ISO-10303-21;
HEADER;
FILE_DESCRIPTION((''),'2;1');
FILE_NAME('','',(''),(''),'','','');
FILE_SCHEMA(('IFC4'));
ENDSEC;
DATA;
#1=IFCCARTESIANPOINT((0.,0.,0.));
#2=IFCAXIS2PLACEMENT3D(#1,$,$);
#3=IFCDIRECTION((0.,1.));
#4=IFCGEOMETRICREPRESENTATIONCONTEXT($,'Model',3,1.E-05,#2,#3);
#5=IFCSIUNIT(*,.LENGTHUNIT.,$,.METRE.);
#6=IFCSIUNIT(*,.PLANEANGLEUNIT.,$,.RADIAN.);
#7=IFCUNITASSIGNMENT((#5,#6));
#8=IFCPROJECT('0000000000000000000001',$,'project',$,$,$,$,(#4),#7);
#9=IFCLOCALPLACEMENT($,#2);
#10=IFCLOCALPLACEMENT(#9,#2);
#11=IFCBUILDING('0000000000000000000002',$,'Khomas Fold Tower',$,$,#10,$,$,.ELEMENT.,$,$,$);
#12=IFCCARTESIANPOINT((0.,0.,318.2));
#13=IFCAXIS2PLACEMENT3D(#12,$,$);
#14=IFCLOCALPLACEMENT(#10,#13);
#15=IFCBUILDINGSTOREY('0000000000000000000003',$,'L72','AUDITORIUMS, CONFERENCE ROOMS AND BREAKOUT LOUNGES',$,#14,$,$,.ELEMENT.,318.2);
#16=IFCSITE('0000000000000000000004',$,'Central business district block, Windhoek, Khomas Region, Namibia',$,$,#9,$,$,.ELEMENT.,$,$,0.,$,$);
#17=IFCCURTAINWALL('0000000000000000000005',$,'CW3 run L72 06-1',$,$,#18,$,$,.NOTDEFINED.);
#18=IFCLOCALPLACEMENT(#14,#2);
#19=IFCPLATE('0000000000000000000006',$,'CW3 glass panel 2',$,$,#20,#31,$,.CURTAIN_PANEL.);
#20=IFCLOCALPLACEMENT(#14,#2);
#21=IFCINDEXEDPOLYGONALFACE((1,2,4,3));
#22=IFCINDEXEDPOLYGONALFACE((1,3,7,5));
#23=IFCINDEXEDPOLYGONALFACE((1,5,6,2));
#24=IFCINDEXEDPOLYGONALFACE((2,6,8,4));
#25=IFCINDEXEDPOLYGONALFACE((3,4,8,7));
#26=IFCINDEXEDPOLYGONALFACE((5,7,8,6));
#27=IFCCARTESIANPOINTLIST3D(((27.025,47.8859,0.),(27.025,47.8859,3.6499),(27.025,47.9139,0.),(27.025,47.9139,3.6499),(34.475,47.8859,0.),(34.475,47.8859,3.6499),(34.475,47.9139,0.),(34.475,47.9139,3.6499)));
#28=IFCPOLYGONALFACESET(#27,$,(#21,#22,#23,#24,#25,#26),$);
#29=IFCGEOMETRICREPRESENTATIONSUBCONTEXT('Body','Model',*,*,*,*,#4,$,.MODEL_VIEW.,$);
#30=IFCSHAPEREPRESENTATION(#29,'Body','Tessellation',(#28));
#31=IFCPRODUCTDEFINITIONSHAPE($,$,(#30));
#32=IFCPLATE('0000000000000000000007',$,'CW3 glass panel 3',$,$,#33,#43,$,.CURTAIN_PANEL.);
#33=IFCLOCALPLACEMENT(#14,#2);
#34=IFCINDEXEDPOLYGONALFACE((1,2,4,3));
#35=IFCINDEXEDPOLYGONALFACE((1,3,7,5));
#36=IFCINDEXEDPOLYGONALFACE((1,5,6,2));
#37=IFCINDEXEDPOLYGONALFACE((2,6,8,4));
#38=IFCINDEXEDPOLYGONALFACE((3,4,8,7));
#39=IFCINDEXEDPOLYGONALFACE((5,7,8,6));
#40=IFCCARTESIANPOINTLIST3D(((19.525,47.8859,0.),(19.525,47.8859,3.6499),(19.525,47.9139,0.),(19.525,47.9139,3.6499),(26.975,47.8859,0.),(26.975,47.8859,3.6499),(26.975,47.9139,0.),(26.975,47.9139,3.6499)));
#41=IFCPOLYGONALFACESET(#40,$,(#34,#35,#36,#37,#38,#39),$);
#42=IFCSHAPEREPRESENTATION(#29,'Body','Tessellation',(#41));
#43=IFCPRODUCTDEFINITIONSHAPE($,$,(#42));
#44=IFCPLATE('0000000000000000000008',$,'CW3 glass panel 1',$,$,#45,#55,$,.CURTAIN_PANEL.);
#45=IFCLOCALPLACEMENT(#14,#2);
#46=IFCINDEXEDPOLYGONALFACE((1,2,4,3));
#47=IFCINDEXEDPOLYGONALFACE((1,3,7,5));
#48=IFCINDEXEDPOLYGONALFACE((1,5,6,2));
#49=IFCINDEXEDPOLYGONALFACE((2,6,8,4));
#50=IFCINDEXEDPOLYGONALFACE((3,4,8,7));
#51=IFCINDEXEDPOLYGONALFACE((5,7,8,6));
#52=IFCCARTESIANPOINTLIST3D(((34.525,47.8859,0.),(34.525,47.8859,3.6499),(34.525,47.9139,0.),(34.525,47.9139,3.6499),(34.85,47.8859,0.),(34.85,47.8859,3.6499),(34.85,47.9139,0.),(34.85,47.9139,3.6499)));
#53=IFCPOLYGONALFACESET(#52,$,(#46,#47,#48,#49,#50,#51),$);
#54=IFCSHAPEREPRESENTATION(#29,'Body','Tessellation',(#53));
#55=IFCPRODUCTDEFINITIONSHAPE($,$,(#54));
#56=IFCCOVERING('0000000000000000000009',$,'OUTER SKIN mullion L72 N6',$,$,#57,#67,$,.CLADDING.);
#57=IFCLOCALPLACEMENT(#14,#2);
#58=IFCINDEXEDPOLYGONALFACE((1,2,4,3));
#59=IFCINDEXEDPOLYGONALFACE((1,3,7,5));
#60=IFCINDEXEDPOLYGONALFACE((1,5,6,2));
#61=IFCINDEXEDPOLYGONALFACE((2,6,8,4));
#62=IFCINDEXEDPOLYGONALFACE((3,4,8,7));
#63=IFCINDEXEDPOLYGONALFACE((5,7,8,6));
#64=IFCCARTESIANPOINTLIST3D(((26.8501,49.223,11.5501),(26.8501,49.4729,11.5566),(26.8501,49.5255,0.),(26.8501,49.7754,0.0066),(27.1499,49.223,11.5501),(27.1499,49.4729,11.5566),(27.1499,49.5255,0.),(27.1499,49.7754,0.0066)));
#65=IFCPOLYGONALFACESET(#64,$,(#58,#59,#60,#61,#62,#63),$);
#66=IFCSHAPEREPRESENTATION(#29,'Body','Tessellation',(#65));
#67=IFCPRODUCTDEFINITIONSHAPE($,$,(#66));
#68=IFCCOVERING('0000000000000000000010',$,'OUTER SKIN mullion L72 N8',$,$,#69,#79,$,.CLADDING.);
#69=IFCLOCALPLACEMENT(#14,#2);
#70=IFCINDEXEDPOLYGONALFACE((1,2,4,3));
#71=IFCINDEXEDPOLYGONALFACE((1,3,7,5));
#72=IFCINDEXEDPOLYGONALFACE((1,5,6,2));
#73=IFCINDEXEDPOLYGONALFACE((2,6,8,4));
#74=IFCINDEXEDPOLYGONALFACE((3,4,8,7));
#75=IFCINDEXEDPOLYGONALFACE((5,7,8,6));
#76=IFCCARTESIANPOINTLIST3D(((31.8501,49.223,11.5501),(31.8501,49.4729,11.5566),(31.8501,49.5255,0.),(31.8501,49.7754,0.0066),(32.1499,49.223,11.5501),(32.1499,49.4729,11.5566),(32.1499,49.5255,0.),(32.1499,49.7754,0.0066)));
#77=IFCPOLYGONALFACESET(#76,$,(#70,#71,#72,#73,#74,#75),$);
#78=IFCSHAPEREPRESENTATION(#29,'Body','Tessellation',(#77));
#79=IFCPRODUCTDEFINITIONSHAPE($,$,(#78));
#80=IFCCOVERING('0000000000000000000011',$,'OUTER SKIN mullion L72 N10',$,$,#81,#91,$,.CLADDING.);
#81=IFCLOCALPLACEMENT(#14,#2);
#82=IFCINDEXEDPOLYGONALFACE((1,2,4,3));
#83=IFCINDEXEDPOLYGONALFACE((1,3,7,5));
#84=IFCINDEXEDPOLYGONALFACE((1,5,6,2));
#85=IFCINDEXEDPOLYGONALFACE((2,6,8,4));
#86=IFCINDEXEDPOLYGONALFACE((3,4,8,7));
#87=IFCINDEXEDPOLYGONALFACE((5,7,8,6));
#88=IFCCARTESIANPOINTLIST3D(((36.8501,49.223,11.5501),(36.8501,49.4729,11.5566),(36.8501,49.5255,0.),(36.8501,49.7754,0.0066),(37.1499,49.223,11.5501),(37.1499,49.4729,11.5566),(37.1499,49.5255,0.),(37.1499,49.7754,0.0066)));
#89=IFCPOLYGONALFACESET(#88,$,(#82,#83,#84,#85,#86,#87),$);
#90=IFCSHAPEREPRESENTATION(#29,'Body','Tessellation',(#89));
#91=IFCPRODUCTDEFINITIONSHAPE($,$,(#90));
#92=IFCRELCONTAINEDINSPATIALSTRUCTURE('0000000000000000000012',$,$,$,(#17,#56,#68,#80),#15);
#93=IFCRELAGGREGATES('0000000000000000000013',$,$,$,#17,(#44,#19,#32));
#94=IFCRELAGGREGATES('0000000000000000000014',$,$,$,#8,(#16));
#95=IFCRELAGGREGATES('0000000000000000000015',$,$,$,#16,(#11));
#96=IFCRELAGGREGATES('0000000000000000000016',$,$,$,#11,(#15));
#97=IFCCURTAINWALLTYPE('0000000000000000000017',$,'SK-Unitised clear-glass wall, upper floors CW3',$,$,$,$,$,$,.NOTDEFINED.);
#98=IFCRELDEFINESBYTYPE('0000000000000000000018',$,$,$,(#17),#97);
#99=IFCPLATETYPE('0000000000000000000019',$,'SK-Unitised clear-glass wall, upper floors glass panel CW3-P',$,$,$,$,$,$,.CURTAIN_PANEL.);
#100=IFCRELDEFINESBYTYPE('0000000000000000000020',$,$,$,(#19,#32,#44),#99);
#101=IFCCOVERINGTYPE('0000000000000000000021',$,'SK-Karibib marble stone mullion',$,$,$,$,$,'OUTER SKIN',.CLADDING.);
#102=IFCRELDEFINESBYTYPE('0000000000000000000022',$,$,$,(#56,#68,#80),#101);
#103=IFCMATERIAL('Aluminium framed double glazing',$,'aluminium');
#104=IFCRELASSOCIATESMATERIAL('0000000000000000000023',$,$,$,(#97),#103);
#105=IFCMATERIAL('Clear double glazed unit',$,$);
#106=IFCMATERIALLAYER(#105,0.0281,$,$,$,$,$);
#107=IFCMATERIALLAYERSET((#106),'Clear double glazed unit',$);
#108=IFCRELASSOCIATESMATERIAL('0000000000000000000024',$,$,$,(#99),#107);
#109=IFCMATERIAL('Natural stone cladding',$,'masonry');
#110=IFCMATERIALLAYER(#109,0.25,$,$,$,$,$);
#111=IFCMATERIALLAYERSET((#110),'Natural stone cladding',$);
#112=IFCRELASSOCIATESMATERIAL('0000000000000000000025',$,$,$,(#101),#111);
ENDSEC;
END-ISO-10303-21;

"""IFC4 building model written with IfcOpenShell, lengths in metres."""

from ifc_helpers import new_model, si_unit, direction, frame, origin, origin_2d, place, context, subcontext, project, spatial, polyline, rectangle, outline, extrude, source, transform, mapped, material, layer, layer_set, type_object, element, aggregate, save


model = new_model("IFC4")

# Units and contexts
model_context = context("Model", 3, precision=1e-05, world=origin(), true_north=direction((0.0, 1.0)))
body_context = subcontext(model_context, "Body", "Model", "MODEL_VIEW")
ifc_project = project(units=[si_unit("LENGTHUNIT", "METRE"), si_unit("PLANEANGLEUNIT", "RADIAN")], contexts=[model_context])

# Site, building, storey
site_placement = place(None, origin())
site = spatial("IfcSite", under=ifc_project, at=site_placement, Name="Central business district block, Windhoek, Khomas Region, Namibia", CompositionType="ELEMENT", RefElevation=0.0)
building_placement = place(site_placement, origin())
building = spatial("IfcBuilding", under=site, at=building_placement, Name="Khomas Fold Tower", CompositionType="ELEMENT")
storey_placement = place(building_placement, frame((0.0, 0.0, 318.2)))
storey = spatial("IfcBuildingStorey", under=building, at=storey_placement, Name="L72", Description="AUDITORIUMS, CONFERENCE ROOMS AND BREAKOUT LOUNGES", CompositionType="ELEMENT", Elevation=318.2)

# Curtain wall
ifc_material_1 = material(Name="Aluminium framed double glazing", Category="aluminium")
curtain_wall_type = type_object("IfcCurtainWallType", Name="SK-Unitised clear-glass wall, upper floors CW3", PredefinedType="NOTDEFINED", material=ifc_material_1)
curtain_wall_placement = place(storey_placement, origin())
curtain_wall = element("IfcCurtainWall", 1, at=curtain_wall_placement, inside=storey, type_object=curtain_wall_type, Name="CW3 run L72 06-1", PredefinedType="NOTDEFINED")

# Plates
ifc_material_2 = material(Name="Clear double glazed unit")
ifc_layer_1 = layer(ifc_material_2, 0.0281)
ifc_layer_set_1 = layer_set([ifc_layer_1], Name="Clear double glazed unit")
plate_type_1 = type_object("IfcPlateType", Name="SK-Unitised clear-glass wall, upper floors glass panel CW3-P", PredefinedType="CURTAIN_PANEL", material=ifc_layer_set_1)
shared_shape_1 = source(origin(), body_context, "Body", "SweptSolid", [
    extrude(rectangle(XDim=7.45, YDim=0.0281, at=origin_2d()), origin(), (0.0, 0.0, 1.0), 3.6499),
])
plate_1_placement = place(storey_placement, frame((30.75, 47.8999, 0.0), z_axis=(0.0, 0.0, 1.0), x_axis=(-1.0, 0.0, 0.0)))
plate_1 = element("IfcPlate", 2, at=plate_1_placement, type_object=plate_type_1, Name="CW3 glass panel 2", PredefinedType="CURTAIN_PANEL", context=body_context, shape_type="MappedRepresentation", body=[
    mapped(shared_shape_1, transform((0.0, 0.0, 0.0))),
])
plate_2_placement = place(storey_placement, frame((23.25, 47.8999, 0.0), z_axis=(0.0, 0.0, 1.0), x_axis=(-1.0, 0.0, 0.0)))
plate_2 = element("IfcPlate", 3, at=plate_2_placement, type_object=plate_type_1, Name="CW3 glass panel 3", PredefinedType="CURTAIN_PANEL", context=body_context, shape_type="MappedRepresentation", body=[
    mapped(shared_shape_1, transform((0.0, 0.0, 0.0))),
])
shared_shape_2 = source(origin(), body_context, "Body", "SweptSolid", [
    extrude(rectangle(XDim=0.325, YDim=0.0281, at=origin_2d()), origin(), (0.0, 0.0, 1.0), 3.6499),
])
plate_3_placement = place(storey_placement, frame((34.6875, 47.8999, 0.0), z_axis=(0.0, 0.0, 1.0), x_axis=(-1.0, 0.0, 0.0)))
plate_3 = element("IfcPlate", 4, at=plate_3_placement, type_object=plate_type_1, Name="CW3 glass panel 1", PredefinedType="CURTAIN_PANEL", context=body_context, shape_type="MappedRepresentation", body=[
    mapped(shared_shape_2, transform((0.0, 0.0, 0.0))),
])
aggregate(curtain_wall, [plate_3, plate_1, plate_2])

# Coverings
ifc_material_3 = material(Name="Natural stone cladding", Category="masonry")
ifc_layer_2 = layer(ifc_material_3, 0.25)
ifc_layer_set_2 = layer_set([ifc_layer_2], Name="Natural stone cladding")
covering_type = type_object("IfcCoveringType", Name="SK-Karibib marble stone mullion", ElementType="OUTER SKIN", PredefinedType="CLADDING", material=ifc_layer_set_2)
for number, where, z_axis, x_axis, name in (
    (5, (26.8501, 49.7754, 0.0066), (0.0, 0.999657, 0.026181), (1.0, 0.0, 0.0), "OUTER SKIN mullion L72 N6"),
    (6, (31.8501, 49.7754, 0.0066), (0.0, 0.999657, 0.026181), (1.0, 0.0, 0.0), "OUTER SKIN mullion L72 N8"),
    (7, (36.8501, 49.7754, 0.0066), (0.0, 0.999657, 0.026181), (1.0, 0.0, 0.0), "OUTER SKIN mullion L72 N10"),
):
    element("IfcCovering", number, at=place(storey_placement, frame(where, z_axis=z_axis, x_axis=x_axis)), inside=storey, type_object=covering_type, Name=name, PredefinedType="CLADDING", context=body_context, shape_type="SweptSolid", body=[
        extrude(outline(polyline([(0.0, 0.0), (0.2998, 0.0), (0.2998, -11.554), (0.0, -11.554), (0.0, 0.0)])), origin(), (0.0, 0.0, -1.0), 0.25),
    ])

save(model, "model.ifc")
